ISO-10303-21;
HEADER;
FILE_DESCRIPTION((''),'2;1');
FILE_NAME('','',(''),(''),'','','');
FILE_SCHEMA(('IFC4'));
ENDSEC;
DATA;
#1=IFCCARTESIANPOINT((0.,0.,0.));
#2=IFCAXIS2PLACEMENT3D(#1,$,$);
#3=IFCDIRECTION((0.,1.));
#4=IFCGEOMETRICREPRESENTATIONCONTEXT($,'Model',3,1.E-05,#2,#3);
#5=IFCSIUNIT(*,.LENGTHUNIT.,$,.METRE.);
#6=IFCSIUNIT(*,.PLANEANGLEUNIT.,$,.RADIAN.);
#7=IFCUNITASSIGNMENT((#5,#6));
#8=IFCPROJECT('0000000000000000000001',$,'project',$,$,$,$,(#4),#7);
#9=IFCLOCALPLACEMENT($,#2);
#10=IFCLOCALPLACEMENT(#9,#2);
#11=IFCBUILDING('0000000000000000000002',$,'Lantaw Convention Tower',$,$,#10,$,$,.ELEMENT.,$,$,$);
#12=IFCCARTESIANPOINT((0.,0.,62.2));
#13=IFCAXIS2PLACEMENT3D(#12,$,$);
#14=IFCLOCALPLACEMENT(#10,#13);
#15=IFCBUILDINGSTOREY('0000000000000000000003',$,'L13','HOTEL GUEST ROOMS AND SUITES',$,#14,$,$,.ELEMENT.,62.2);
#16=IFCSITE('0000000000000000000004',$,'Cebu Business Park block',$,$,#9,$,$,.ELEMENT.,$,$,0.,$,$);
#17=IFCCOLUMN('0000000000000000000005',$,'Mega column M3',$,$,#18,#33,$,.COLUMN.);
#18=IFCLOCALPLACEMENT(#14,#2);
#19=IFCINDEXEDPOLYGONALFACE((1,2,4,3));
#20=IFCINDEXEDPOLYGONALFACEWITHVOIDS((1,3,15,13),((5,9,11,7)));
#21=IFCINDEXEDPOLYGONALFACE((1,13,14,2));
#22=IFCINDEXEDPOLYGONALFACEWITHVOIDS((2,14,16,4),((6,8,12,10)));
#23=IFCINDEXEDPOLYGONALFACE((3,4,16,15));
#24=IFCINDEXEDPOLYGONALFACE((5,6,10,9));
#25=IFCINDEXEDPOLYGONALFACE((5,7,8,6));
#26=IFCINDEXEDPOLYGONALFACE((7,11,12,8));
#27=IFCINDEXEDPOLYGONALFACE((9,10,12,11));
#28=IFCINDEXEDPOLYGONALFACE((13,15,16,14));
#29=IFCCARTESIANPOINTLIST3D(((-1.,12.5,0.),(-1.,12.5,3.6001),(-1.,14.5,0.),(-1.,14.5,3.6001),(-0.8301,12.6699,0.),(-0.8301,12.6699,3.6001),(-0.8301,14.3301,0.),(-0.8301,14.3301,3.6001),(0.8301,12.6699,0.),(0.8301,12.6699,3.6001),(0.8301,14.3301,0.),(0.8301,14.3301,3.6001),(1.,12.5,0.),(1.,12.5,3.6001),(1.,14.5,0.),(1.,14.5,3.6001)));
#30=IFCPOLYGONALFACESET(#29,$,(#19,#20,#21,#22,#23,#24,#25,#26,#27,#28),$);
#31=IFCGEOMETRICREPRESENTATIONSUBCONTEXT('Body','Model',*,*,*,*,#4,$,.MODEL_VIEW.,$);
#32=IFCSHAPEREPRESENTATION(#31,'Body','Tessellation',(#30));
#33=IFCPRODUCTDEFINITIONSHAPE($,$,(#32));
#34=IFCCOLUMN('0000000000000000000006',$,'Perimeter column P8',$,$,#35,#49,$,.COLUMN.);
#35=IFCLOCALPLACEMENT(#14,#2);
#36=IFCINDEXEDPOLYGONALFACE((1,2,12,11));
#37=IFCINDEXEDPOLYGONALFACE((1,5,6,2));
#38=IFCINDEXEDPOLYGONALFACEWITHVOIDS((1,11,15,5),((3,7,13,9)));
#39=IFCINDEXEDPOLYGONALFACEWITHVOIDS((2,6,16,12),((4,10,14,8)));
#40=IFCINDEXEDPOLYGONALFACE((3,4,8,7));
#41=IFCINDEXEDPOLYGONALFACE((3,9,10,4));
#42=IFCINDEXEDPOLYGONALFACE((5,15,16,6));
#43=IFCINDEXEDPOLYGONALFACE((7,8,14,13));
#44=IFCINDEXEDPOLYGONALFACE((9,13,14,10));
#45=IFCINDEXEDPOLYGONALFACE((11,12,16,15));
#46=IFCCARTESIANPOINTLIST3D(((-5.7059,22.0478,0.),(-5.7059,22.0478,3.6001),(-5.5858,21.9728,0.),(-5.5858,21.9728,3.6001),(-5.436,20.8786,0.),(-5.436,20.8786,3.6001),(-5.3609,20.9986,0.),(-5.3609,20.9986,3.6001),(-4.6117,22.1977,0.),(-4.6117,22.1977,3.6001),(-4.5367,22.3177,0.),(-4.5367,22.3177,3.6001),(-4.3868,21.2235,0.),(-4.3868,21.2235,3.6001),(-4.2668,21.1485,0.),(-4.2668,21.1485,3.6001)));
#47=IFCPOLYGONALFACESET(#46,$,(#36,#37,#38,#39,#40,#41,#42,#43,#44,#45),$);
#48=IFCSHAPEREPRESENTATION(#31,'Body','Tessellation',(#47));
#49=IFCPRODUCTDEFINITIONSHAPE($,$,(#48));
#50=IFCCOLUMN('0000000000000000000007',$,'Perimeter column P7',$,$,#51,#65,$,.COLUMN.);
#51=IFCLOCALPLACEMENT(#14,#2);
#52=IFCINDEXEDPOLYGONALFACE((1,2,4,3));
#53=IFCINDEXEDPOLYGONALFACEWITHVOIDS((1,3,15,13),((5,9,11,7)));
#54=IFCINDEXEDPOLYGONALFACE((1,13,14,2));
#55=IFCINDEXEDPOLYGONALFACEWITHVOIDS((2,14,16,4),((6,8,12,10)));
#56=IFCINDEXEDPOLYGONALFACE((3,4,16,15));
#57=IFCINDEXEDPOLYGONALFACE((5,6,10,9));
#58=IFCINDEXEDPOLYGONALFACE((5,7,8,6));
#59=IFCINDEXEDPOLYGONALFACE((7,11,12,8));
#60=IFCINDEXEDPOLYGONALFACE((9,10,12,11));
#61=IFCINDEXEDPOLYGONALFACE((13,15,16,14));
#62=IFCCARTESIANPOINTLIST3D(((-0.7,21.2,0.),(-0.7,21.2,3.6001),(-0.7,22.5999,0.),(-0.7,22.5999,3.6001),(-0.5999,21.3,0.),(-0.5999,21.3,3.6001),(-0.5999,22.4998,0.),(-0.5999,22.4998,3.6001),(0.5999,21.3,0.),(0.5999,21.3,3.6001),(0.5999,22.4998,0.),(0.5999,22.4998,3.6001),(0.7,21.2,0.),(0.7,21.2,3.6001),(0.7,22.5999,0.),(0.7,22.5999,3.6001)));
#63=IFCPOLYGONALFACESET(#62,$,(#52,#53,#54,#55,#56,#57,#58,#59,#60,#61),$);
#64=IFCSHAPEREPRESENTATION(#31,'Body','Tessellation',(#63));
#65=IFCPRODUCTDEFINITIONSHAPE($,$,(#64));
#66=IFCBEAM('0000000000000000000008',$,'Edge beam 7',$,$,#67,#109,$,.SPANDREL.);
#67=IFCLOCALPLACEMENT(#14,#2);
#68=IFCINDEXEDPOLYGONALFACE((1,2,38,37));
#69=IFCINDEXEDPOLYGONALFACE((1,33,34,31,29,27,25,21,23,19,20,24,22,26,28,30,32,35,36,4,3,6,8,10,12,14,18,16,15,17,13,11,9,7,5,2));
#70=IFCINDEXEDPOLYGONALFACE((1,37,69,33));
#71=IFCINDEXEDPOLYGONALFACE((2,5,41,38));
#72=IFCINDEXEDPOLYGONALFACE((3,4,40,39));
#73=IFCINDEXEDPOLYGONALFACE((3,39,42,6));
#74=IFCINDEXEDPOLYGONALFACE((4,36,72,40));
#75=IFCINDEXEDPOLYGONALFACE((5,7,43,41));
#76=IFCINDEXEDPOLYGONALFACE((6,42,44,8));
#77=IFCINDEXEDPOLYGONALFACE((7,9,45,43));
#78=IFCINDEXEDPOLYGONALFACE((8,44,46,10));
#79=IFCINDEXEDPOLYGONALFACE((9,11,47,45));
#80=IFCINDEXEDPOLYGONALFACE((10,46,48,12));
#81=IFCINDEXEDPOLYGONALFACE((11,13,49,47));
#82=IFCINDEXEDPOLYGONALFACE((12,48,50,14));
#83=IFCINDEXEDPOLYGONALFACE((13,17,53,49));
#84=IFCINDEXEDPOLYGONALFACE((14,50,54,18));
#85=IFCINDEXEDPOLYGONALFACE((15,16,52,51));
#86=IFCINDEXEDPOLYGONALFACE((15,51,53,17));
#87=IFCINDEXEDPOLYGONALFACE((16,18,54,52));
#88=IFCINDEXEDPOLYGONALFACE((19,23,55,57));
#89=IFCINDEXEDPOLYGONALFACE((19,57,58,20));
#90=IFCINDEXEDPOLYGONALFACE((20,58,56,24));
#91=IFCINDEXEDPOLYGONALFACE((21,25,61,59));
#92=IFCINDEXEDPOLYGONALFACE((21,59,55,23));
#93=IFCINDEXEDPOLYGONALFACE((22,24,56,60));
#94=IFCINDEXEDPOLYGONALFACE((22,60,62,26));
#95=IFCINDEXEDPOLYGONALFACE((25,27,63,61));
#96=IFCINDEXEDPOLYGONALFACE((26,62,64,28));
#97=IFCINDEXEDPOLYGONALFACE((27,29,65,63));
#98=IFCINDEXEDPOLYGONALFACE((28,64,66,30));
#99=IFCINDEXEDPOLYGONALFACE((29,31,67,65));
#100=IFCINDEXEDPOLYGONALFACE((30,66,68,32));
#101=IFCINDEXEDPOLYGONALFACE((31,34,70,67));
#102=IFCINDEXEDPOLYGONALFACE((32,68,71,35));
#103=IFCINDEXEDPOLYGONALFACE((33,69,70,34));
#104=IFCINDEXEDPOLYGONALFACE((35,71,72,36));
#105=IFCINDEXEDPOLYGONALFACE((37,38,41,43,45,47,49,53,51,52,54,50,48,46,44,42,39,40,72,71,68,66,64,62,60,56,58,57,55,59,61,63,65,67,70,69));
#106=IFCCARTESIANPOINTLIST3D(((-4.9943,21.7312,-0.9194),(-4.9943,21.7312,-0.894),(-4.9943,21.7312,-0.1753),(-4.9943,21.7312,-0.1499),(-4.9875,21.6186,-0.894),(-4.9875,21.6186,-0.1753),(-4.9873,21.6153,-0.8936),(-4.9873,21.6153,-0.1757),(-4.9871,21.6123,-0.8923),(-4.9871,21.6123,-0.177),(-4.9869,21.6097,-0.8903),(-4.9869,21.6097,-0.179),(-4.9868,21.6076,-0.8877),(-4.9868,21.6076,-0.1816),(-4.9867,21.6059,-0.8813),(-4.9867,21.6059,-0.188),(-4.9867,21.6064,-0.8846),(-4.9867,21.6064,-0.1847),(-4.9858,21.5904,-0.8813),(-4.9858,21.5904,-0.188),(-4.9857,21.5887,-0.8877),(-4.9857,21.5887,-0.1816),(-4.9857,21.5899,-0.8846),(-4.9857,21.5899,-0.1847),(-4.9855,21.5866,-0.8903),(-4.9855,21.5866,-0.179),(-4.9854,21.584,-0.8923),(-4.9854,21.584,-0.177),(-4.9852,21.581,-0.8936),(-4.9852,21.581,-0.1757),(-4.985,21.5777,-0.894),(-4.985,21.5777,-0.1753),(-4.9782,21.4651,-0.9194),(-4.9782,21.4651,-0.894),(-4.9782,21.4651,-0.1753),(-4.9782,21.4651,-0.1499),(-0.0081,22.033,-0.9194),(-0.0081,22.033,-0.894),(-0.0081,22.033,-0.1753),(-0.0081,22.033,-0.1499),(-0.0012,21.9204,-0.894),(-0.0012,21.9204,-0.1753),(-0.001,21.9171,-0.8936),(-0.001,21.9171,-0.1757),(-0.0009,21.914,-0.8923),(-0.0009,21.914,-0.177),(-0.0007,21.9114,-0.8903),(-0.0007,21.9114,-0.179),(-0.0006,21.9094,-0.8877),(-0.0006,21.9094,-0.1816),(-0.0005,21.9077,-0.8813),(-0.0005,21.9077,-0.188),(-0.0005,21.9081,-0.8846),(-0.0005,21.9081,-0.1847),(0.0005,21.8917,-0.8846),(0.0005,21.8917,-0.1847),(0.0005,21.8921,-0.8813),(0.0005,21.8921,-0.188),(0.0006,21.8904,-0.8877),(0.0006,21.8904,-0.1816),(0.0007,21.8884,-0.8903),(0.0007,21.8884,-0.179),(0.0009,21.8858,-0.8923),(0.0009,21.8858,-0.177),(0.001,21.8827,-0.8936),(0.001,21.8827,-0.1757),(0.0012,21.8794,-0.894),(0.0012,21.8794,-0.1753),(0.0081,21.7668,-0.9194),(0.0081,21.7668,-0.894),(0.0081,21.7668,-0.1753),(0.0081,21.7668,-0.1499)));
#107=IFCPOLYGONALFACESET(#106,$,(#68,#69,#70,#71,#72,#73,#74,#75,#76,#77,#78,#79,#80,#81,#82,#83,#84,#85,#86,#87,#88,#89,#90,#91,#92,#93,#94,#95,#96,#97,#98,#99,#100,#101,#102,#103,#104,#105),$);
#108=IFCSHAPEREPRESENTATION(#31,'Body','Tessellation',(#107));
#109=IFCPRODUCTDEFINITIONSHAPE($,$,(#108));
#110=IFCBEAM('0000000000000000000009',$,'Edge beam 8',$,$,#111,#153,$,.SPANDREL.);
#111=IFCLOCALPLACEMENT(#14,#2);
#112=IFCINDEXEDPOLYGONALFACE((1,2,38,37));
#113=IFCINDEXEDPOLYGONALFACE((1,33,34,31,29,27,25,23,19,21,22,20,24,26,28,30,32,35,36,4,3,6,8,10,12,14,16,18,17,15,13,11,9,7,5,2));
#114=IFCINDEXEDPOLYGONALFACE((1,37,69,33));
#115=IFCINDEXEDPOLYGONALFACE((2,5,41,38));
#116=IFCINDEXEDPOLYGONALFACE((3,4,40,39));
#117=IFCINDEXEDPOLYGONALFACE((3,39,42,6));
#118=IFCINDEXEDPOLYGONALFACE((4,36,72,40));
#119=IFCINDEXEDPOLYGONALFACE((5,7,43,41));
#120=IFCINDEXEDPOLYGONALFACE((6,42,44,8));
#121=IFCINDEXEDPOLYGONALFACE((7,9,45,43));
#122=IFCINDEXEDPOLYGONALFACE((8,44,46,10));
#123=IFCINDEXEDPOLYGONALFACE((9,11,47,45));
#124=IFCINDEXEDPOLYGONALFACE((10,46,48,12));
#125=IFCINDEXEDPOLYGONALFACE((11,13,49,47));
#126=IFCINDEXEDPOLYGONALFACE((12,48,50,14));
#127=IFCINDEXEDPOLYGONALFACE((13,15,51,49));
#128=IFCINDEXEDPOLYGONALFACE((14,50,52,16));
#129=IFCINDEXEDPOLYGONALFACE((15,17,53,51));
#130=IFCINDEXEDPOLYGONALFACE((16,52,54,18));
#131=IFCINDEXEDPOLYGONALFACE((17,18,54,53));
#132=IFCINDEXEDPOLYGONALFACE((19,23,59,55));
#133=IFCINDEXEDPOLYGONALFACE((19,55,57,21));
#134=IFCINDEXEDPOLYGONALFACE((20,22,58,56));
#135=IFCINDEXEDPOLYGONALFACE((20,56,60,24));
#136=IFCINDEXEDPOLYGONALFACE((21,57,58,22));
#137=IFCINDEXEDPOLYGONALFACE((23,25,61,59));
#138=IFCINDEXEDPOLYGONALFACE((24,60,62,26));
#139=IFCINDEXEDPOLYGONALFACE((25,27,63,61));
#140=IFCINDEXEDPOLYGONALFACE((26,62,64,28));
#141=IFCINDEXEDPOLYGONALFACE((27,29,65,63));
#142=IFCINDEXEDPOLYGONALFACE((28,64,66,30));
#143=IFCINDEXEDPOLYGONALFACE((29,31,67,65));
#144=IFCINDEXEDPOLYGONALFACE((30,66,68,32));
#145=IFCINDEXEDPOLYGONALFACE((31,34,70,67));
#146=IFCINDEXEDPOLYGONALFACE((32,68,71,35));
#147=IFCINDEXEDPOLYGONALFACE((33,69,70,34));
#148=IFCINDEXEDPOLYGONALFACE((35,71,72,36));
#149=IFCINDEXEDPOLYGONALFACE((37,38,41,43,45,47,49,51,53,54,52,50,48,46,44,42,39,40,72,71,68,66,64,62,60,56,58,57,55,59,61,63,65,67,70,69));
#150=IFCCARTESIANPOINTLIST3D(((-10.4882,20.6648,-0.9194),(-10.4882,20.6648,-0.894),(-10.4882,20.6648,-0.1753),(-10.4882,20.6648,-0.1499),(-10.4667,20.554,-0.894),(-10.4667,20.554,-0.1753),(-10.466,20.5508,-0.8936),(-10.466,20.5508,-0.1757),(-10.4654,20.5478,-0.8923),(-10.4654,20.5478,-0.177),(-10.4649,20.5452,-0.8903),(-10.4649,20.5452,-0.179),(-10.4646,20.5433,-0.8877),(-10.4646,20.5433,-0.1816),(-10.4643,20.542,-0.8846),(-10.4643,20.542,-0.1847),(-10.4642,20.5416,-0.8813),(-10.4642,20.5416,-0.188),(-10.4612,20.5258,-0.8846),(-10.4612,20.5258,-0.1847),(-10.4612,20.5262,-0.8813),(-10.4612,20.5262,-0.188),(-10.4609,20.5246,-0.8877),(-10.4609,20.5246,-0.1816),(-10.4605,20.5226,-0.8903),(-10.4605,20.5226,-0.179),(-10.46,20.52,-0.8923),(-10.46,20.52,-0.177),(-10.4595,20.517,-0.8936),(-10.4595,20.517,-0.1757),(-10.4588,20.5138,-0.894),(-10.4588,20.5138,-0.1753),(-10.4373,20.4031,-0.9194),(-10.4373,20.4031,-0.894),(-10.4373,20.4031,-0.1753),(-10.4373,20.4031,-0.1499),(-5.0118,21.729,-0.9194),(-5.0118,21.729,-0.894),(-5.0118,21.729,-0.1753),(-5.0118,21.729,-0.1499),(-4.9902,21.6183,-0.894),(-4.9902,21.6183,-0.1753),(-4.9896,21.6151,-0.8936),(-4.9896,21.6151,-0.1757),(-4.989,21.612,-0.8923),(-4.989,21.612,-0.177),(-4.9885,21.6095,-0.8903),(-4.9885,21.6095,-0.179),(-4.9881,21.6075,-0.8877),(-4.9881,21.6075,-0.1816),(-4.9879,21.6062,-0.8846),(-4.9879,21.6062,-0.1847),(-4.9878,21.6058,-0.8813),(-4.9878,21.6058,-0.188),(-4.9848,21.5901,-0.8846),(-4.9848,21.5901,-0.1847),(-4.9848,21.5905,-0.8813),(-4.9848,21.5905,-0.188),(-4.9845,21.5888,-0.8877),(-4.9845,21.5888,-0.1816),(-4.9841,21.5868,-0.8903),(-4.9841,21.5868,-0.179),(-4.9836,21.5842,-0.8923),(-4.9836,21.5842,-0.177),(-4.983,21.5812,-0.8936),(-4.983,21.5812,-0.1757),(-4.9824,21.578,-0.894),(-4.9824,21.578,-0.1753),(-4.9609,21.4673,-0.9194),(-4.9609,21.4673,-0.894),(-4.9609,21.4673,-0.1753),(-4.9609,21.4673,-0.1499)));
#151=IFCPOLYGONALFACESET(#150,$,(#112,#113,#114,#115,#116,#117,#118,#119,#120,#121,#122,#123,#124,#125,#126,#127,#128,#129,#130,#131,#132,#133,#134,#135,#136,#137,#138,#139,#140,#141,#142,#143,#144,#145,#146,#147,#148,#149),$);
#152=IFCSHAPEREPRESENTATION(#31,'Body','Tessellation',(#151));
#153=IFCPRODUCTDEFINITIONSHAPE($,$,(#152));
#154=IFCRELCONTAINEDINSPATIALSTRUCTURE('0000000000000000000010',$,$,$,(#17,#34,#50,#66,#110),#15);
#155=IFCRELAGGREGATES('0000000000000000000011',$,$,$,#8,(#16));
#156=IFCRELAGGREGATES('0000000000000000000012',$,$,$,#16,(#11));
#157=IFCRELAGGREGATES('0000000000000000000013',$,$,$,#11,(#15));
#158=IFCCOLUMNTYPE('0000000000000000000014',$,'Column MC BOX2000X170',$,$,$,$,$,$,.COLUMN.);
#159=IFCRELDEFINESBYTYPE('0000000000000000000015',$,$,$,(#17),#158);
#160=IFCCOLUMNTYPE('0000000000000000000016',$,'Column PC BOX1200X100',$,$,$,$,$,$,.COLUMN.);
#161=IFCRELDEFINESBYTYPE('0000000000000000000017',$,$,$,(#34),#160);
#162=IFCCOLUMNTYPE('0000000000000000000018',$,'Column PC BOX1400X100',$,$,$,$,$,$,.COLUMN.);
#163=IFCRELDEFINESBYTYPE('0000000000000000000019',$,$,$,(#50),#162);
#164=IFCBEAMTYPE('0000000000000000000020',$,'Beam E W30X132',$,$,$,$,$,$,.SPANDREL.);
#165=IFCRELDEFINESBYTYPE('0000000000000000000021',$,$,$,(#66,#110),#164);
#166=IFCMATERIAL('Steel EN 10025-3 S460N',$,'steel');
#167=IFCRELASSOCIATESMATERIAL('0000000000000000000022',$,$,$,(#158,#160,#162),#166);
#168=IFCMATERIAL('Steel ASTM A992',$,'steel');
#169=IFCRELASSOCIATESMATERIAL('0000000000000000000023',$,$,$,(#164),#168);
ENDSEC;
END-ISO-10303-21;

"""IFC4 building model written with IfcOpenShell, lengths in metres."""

from ifc_helpers import new_model, si_unit, direction, frame, origin, origin_2d, place, context, subcontext, project, spatial, rectangle, hollow_rectangle, i_section, extrude, material, material_profile, profile_set, type_object, element, save


model = new_model("IFC4")

# Units and contexts
model_context = context("Model", 3, precision=1e-05, world=origin(), true_north=direction((0.0, 1.0)))
body_context = subcontext(model_context, "Body", "Model", "MODEL_VIEW")
ifc_project = project(units=[si_unit("LENGTHUNIT", "METRE"), si_unit("PLANEANGLEUNIT", "RADIAN")], contexts=[model_context])

# Site, building, storey
site_placement = place(None, origin())
site = spatial("IfcSite", under=ifc_project, at=site_placement, Name="Cebu Business Park block", CompositionType="ELEMENT", RefElevation=0.0)
building_placement = place(site_placement, origin())
building = spatial("IfcBuilding", under=site, at=building_placement, Name="Lantaw Convention Tower", CompositionType="ELEMENT")
storey_placement = place(building_placement, frame((0.0, 0.0, 62.2)))
storey = spatial("IfcBuildingStorey", under=building, at=storey_placement, Name="L13", Description="HOTEL GUEST ROOMS AND SUITES", CompositionType="ELEMENT", Elevation=62.2)

# Columns
ifc_material_1 = material(Name="Steel EN 10025-3 S460N", Category="steel")
ifc_material_profile_1 = material_profile(ifc_material_1, hollow_rectangle(XDim=2.0, YDim=2.0, WallThickness=0.1699, at=origin_2d()), Name="BOX2000X170")
ifc_material_2 = material(Name="Concrete C60/75", Category="concrete")
ifc_material_profile_2 = material_profile(ifc_material_2, rectangle(XDim=1.6599, YDim=1.6599, at=origin_2d()), Name="Concrete fill of BOX2000X170")
ifc_profile_set_1 = profile_set([ifc_material_profile_1, ifc_material_profile_2], Name="Steel EN 10025-3 S460N")
column_type_1 = type_object("IfcColumnType", Name="Column MC BOX2000X170", PredefinedType="COLUMN", material=ifc_profile_set_1)
column_1_placement = place(storey_placement, frame((0.0, 13.5, 0.0), z_axis=(0.0, 0.0, 1.0), x_axis=(1.0, 0.0, 0.0)))
element("IfcColumn", 1, at=column_1_placement, inside=storey, type_object=column_type_1, Name="Mega column M3", PredefinedType="COLUMN", context=body_context, shape_type="SweptSolid", body=[
    extrude(hollow_rectangle(XDim=2.0, YDim=2.0, WallThickness=0.1699, at=origin_2d()), origin(), (0.0, 0.0, 1.0), 3.6001),
])
ifc_material_profile_3 = material_profile(ifc_material_1, hollow_rectangle(XDim=1.2, YDim=1.2, WallThickness=0.1001, at=origin_2d()), Name="BOX1200X100")
ifc_material_profile_4 = material_profile(ifc_material_2, rectangle(XDim=1.0, YDim=1.0, at=origin_2d()), Name="Concrete fill of BOX1200X100")
ifc_profile_set_2 = profile_set([ifc_material_profile_3, ifc_material_profile_4], Name="Steel EN 10025-3 S460N")
column_type_2 = type_object("IfcColumnType", Name="Column PC BOX1200X100", PredefinedType="COLUMN", material=ifc_profile_set_2)
column_2_placement = place(storey_placement, frame((-4.9863, 21.5981, 0.0), z_axis=(0.0, 0.0, 1.0), x_axis=(0.97437, 0.224951, 0.0)))
element("IfcColumn", 2, at=column_2_placement, inside=storey, type_object=column_type_2, Name="Perimeter column P8", PredefinedType="COLUMN", context=body_context, shape_type="SweptSolid", body=[
    extrude(hollow_rectangle(XDim=1.2, YDim=1.2, WallThickness=0.1001, at=origin_2d()), origin(), (0.0, 0.0, 1.0), 3.6001),
])
ifc_material_profile_5 = material_profile(ifc_material_1, hollow_rectangle(XDim=1.3999, YDim=1.3999, WallThickness=0.1001, at=origin_2d()), Name="BOX1400X100")
ifc_material_profile_6 = material_profile(ifc_material_2, rectangle(XDim=1.2, YDim=1.2, at=origin_2d()), Name="Concrete fill of BOX1400X100")
ifc_profile_set_3 = profile_set([ifc_material_profile_5, ifc_material_profile_6], Name="Steel EN 10025-3 S460N")
column_type_3 = type_object("IfcColumnType", Name="Column PC BOX1400X100", PredefinedType="COLUMN", material=ifc_profile_set_3)
column_3_placement = place(storey_placement, frame((0.0, 21.8999, 0.0), z_axis=(0.0, 0.0, 1.0), x_axis=(1.0, 0.0, 0.0)))
element("IfcColumn", 3, at=column_3_placement, inside=storey, type_object=column_type_3, Name="Perimeter column P7", PredefinedType="COLUMN", context=body_context, shape_type="SweptSolid", body=[
    extrude(hollow_rectangle(XDim=1.3999, YDim=1.3999, WallThickness=0.1001, at=origin_2d()), origin(), (0.0, 0.0, 1.0), 3.6001),
])

# Beams
ifc_material_3 = material(Name="Steel ASTM A992", Category="steel")
ifc_material_profile_7 = material_profile(ifc_material_3, i_section(OverallWidth=0.2666, OverallDepth=0.7695, WebThickness=0.0156, FlangeThickness=0.0254, FilletRadius=0.0127, at=origin_2d()), Name="W30X132")
ifc_profile_set_4 = profile_set([ifc_material_profile_7], Name="Steel ASTM A992")
beam_type_1 = type_object("IfcBeamType", Name="Beam E W30X132", PredefinedType="SPANDREL", material=ifc_profile_set_4)
beam_1_placement = place(storey_placement, frame((0.0, 21.8999, -0.5347), z_axis=(-0.998174, -0.060407, 0.0), x_axis=(0.060407, -0.998174, 0.0)))
element("IfcBeam", 4, at=beam_1_placement, inside=storey, type_object=beam_type_1, Name="Edge beam 7", PredefinedType="SPANDREL", context=body_context, shape_type="SweptSolid", body=[
    extrude(i_section(OverallWidth=0.2666, OverallDepth=0.7695, WebThickness=0.0156, FlangeThickness=0.0254, FilletRadius=0.0127, at=origin_2d()), origin(), (0.0, 0.0, 1.0), 4.9954),
])
beam_2_placement = place(storey_placement, frame((-4.9863, 21.5981, -0.5347), z_axis=(-0.981637, -0.190761, 0.0), x_axis=(0.190761, -0.981637, 0.0)))
element("IfcBeam", 5, at=beam_2_placement, inside=storey, type_object=beam_type_1, Name="Edge beam 8", PredefinedType="SPANDREL", context=body_context, shape_type="SweptSolid", body=[
    extrude(i_section(OverallWidth=0.2666, OverallDepth=0.7695, WebThickness=0.0156, FlangeThickness=0.0254, FilletRadius=0.0127, at=origin_2d()), origin(), (0.0, 0.0, 1.0), 5.5789),
])

save(model, "model.ifc")
